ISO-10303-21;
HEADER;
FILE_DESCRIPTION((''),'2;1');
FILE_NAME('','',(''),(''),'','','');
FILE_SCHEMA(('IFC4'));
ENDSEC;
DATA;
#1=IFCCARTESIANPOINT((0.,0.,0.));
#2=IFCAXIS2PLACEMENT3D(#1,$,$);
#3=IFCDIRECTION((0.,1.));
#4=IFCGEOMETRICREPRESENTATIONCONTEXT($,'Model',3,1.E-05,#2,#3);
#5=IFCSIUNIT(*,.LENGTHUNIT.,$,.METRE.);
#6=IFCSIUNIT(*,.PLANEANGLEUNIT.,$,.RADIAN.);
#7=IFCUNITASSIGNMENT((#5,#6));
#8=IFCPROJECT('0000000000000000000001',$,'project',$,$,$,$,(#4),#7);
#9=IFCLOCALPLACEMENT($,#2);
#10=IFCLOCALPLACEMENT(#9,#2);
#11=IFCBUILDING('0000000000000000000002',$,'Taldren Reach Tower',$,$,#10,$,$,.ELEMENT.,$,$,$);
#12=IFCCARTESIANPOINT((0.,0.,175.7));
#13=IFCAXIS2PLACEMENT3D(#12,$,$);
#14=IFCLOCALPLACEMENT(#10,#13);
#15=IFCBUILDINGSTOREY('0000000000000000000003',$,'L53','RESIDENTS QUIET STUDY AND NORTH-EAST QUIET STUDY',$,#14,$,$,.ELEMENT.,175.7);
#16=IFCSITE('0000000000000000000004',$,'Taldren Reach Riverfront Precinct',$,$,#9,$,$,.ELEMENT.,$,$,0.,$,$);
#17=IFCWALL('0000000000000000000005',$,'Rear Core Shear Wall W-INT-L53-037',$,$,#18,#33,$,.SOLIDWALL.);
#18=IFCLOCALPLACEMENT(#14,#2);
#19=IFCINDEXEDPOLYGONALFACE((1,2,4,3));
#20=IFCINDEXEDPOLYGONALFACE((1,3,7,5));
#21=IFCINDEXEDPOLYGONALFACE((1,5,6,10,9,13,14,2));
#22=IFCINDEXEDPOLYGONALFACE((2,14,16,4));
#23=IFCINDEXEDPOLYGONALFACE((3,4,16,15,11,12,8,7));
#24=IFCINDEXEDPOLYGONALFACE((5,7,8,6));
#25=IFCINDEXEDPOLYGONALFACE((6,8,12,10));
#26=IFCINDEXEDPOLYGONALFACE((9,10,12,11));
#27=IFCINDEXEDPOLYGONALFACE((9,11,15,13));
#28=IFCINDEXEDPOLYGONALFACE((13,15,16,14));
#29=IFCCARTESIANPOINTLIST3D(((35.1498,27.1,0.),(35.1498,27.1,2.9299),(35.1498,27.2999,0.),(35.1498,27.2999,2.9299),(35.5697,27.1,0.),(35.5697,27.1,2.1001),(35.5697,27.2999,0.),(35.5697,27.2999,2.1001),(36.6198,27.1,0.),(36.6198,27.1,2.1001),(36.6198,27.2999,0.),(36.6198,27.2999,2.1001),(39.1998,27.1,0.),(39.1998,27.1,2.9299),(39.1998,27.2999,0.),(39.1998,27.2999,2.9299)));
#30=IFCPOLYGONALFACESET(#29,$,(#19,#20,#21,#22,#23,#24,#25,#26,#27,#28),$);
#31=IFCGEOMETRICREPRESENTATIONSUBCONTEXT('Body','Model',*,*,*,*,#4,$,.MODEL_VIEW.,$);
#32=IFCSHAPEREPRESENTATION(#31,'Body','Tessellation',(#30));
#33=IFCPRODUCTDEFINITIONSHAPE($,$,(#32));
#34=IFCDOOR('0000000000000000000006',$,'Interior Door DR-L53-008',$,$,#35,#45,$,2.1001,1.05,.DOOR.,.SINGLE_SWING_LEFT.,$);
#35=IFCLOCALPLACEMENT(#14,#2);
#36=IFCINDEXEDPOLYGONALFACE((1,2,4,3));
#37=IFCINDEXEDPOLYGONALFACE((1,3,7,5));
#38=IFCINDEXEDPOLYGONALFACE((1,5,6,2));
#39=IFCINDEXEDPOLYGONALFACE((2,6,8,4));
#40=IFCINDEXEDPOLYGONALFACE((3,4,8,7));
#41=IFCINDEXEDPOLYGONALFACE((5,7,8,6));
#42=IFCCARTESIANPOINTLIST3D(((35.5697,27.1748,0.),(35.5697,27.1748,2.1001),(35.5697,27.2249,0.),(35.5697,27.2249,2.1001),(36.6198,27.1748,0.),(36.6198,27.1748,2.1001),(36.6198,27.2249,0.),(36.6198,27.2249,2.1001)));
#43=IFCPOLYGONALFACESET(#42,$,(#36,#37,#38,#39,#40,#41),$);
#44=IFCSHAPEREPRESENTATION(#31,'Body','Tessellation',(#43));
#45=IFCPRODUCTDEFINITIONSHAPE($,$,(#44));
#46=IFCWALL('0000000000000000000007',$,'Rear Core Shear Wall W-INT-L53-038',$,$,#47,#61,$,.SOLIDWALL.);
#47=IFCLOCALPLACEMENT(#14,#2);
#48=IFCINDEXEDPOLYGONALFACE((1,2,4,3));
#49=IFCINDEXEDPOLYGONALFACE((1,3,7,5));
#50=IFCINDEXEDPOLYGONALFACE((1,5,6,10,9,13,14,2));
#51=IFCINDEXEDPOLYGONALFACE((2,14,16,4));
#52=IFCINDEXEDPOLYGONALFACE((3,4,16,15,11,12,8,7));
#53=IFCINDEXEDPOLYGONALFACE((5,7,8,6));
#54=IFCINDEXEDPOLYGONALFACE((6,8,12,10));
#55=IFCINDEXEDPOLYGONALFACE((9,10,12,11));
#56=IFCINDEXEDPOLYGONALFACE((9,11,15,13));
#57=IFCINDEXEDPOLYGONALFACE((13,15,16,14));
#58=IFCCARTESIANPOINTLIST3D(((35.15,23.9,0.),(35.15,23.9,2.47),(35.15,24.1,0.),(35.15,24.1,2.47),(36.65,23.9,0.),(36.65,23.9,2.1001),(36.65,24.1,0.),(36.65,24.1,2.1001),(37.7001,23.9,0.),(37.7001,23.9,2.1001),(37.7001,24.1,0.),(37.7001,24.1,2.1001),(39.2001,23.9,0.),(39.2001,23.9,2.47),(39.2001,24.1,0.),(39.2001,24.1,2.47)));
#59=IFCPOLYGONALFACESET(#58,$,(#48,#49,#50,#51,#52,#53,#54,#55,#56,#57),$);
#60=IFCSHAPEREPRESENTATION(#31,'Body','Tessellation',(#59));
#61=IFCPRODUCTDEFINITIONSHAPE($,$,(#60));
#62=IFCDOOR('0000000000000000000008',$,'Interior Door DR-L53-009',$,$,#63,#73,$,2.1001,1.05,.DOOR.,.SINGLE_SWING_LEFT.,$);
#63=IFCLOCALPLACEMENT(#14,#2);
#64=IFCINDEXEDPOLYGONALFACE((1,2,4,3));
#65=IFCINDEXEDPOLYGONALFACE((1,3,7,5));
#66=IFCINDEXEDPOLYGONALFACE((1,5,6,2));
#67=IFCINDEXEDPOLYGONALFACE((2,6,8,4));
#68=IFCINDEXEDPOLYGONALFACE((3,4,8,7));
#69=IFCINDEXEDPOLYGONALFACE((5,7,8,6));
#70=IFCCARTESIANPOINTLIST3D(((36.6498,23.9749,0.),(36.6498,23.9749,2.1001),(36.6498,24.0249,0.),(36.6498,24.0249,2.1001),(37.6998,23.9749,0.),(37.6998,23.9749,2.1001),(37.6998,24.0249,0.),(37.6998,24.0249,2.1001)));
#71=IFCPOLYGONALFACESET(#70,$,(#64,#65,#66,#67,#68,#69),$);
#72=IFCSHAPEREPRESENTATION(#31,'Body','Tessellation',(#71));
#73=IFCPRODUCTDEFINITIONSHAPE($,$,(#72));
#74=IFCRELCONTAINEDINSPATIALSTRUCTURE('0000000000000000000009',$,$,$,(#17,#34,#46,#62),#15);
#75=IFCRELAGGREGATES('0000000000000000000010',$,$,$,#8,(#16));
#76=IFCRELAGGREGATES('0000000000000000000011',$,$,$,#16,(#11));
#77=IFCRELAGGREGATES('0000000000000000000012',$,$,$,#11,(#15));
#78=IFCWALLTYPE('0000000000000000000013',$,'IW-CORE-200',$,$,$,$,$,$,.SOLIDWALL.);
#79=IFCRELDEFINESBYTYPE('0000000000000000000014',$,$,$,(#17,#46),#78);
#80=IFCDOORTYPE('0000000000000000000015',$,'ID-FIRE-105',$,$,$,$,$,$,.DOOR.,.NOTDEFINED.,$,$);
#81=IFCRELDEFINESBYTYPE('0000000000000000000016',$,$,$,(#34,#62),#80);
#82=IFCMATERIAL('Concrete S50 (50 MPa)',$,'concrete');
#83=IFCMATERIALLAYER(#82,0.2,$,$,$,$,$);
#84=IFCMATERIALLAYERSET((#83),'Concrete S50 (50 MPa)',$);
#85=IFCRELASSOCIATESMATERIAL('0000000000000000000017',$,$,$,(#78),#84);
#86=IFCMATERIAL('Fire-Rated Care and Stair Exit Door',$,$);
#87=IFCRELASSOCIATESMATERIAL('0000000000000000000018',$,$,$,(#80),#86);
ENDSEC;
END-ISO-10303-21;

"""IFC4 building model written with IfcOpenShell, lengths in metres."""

from ifc_helpers import new_model, si_unit, direction, frame, frame_2d, origin, place, context, subcontext, project, spatial, rectangle, extrude, source, transform, mapped, material, layer, layer_set, type_object, element, fill, save


model = new_model("IFC4")

# Units and contexts
model_context = context("Model", 3, precision=1e-05, world=origin(), true_north=direction((0.0, 1.0)))
body_context = subcontext(model_context, "Body", "Model", "MODEL_VIEW")
ifc_project = project(units=[si_unit("LENGTHUNIT", "METRE"), si_unit("PLANEANGLEUNIT", "RADIAN")], contexts=[model_context])

# Site, building, storey
site_placement = place(None, origin())
site = spatial("IfcSite", under=ifc_project, at=site_placement, Name="Taldren Reach Riverfront Precinct", CompositionType="ELEMENT", RefElevation=0.0)
building_placement = place(site_placement, origin())
building = spatial("IfcBuilding", under=site, at=building_placement, Name="Taldren Reach Tower", CompositionType="ELEMENT")
storey_placement = place(building_placement, frame((0.0, 0.0, 175.7)))
storey = spatial("IfcBuildingStorey", under=building, at=storey_placement, Name="L53", Description="RESIDENTS QUIET STUDY AND NORTH-EAST QUIET STUDY", CompositionType="ELEMENT", Elevation=175.7)

# Shared definitions
ifc_material_1 = material(Name="Concrete S50 (50 MPa)", Category="concrete")
ifc_layer_1 = layer(ifc_material_1, 0.2)
ifc_layer_set_1 = layer_set([ifc_layer_1], Name="Concrete S50 (50 MPa)")
wall_type_1 = type_object("IfcWallType", Name="IW-CORE-200", PredefinedType="SOLIDWALL", material=ifc_layer_set_1)

# Walls, openings, doors
shared_shape_1 = source(origin(), body_context, "Body", "SweptSolid", [
    extrude(rectangle(XDim=4.05, YDim=0.2, at=frame_2d((2.0249, 0.0))), origin(), (0.0, 0.0, 1.0), 2.9299),
])
wall_1_placement = place(storey_placement, frame((35.1499, 27.2, 0.0), z_axis=(0.0, 0.0, 1.0), x_axis=(1.0, 0.0, 0.0)))
wall_1 = element("IfcWall", 1, at=wall_1_placement, inside=storey, type_object=wall_type_1, Name="Rear Core Shear Wall W-INT-L53-037", PredefinedType="SOLIDWALL", context=body_context, shape_type="MappedRepresentation", body=[
    mapped(shared_shape_1, transform((0.0, 0.0, 0.0), scale=1.0)),
])
shared_shape_2 = source(origin(), body_context, "Body", "SweptSolid", [
    extrude(rectangle(XDim=1.05, YDim=2.1001, at=frame_2d((0.5249, 1.05))), frame((0.0, 0.1099, 0.0), z_axis=(0.0, -1.0, 0.0), x_axis=(1.0, 0.0, 0.0)), (0.0, 0.0, 1.0), 0.22),
])
opening_1_placement = place(wall_1_placement, frame((0.4199, 0.0, 0.0)))
opening_1 = element("IfcOpeningElement", 2, at=opening_1_placement, cuts=wall_1, PredefinedType="OPENING", context=body_context, shape_type="MappedRepresentation", body=[
    mapped(shared_shape_2, transform((0.0, 0.0, 0.0), scale=1.0)),
])
ifc_material_2 = material(Name="Fire-Rated Care and Stair Exit Door")
door_type_1 = type_object("IfcDoorType", Name="ID-FIRE-105", OperationType="NOTDEFINED", PredefinedType="DOOR", material=ifc_material_2)
shared_shape_3 = source(origin(), body_context, "Body", "SweptSolid", [
    extrude(rectangle(XDim=1.05, YDim=2.1001, at=frame_2d((0.5249, 1.05))), frame((0.0, 0.0249, 0.0), z_axis=(0.0, -1.0, 0.0), x_axis=(1.0, 0.0, 0.0)), (0.0, 0.0, 1.0), 0.05),
])
door_1_placement = place(opening_1_placement, origin())
door_1 = element("IfcDoor", 3, at=door_1_placement, inside=storey, type_object=door_type_1, Name="Interior Door DR-L53-008", OperationType="SINGLE_SWING_LEFT", OverallHeight=2.1001, OverallWidth=1.05, PredefinedType="DOOR", context=body_context, shape_type="MappedRepresentation", body=[
    mapped(shared_shape_3, transform((0.0, 0.0, 0.0), scale=1.0)),
])
fill(opening_1, door_1)
shared_shape_4 = source(origin(), body_context, "Body", "SweptSolid", [
    extrude(rectangle(XDim=4.05, YDim=0.2, at=frame_2d((2.0249, 0.0))), origin(), (0.0, 0.0, 1.0), 2.47),
])
wall_2_placement = place(storey_placement, frame((39.2, 24.0, 0.0), z_axis=(0.0, 0.0, 1.0), x_axis=(-1.0, 0.0, 0.0)))
wall_2 = element("IfcWall", 4, at=wall_2_placement, inside=storey, type_object=wall_type_1, Name="Rear Core Shear Wall W-INT-L53-038", PredefinedType="SOLIDWALL", context=body_context, shape_type="MappedRepresentation", body=[
    mapped(shared_shape_4, transform((0.0, 0.0, 0.0), scale=1.0)),
])
opening_2_placement = place(wall_2_placement, frame((1.5, 0.0, 0.0)))
opening_2 = element("IfcOpeningElement", 5, at=opening_2_placement, cuts=wall_2, PredefinedType="OPENING", context=body_context, shape_type="MappedRepresentation", body=[
    mapped(shared_shape_2, transform((0.0, 0.0, 0.0), scale=1.0)),
])
door_2_placement = place(opening_2_placement, frame((1.05, 0.0, 0.0), z_axis=(0.0, 0.0, 1.0), x_axis=(-1.0, 0.0, 0.0)))
door_2 = element("IfcDoor", 6, at=door_2_placement, inside=storey, type_object=door_type_1, Name="Interior Door DR-L53-009", OperationType="SINGLE_SWING_LEFT", OverallHeight=2.1001, OverallWidth=1.05, PredefinedType="DOOR", context=body_context, shape_type="MappedRepresentation", body=[
    mapped(shared_shape_3, transform((0.0, 0.0, 0.0), scale=1.0)),
])
fill(opening_2, door_2)

save(model, "model.ifc")
